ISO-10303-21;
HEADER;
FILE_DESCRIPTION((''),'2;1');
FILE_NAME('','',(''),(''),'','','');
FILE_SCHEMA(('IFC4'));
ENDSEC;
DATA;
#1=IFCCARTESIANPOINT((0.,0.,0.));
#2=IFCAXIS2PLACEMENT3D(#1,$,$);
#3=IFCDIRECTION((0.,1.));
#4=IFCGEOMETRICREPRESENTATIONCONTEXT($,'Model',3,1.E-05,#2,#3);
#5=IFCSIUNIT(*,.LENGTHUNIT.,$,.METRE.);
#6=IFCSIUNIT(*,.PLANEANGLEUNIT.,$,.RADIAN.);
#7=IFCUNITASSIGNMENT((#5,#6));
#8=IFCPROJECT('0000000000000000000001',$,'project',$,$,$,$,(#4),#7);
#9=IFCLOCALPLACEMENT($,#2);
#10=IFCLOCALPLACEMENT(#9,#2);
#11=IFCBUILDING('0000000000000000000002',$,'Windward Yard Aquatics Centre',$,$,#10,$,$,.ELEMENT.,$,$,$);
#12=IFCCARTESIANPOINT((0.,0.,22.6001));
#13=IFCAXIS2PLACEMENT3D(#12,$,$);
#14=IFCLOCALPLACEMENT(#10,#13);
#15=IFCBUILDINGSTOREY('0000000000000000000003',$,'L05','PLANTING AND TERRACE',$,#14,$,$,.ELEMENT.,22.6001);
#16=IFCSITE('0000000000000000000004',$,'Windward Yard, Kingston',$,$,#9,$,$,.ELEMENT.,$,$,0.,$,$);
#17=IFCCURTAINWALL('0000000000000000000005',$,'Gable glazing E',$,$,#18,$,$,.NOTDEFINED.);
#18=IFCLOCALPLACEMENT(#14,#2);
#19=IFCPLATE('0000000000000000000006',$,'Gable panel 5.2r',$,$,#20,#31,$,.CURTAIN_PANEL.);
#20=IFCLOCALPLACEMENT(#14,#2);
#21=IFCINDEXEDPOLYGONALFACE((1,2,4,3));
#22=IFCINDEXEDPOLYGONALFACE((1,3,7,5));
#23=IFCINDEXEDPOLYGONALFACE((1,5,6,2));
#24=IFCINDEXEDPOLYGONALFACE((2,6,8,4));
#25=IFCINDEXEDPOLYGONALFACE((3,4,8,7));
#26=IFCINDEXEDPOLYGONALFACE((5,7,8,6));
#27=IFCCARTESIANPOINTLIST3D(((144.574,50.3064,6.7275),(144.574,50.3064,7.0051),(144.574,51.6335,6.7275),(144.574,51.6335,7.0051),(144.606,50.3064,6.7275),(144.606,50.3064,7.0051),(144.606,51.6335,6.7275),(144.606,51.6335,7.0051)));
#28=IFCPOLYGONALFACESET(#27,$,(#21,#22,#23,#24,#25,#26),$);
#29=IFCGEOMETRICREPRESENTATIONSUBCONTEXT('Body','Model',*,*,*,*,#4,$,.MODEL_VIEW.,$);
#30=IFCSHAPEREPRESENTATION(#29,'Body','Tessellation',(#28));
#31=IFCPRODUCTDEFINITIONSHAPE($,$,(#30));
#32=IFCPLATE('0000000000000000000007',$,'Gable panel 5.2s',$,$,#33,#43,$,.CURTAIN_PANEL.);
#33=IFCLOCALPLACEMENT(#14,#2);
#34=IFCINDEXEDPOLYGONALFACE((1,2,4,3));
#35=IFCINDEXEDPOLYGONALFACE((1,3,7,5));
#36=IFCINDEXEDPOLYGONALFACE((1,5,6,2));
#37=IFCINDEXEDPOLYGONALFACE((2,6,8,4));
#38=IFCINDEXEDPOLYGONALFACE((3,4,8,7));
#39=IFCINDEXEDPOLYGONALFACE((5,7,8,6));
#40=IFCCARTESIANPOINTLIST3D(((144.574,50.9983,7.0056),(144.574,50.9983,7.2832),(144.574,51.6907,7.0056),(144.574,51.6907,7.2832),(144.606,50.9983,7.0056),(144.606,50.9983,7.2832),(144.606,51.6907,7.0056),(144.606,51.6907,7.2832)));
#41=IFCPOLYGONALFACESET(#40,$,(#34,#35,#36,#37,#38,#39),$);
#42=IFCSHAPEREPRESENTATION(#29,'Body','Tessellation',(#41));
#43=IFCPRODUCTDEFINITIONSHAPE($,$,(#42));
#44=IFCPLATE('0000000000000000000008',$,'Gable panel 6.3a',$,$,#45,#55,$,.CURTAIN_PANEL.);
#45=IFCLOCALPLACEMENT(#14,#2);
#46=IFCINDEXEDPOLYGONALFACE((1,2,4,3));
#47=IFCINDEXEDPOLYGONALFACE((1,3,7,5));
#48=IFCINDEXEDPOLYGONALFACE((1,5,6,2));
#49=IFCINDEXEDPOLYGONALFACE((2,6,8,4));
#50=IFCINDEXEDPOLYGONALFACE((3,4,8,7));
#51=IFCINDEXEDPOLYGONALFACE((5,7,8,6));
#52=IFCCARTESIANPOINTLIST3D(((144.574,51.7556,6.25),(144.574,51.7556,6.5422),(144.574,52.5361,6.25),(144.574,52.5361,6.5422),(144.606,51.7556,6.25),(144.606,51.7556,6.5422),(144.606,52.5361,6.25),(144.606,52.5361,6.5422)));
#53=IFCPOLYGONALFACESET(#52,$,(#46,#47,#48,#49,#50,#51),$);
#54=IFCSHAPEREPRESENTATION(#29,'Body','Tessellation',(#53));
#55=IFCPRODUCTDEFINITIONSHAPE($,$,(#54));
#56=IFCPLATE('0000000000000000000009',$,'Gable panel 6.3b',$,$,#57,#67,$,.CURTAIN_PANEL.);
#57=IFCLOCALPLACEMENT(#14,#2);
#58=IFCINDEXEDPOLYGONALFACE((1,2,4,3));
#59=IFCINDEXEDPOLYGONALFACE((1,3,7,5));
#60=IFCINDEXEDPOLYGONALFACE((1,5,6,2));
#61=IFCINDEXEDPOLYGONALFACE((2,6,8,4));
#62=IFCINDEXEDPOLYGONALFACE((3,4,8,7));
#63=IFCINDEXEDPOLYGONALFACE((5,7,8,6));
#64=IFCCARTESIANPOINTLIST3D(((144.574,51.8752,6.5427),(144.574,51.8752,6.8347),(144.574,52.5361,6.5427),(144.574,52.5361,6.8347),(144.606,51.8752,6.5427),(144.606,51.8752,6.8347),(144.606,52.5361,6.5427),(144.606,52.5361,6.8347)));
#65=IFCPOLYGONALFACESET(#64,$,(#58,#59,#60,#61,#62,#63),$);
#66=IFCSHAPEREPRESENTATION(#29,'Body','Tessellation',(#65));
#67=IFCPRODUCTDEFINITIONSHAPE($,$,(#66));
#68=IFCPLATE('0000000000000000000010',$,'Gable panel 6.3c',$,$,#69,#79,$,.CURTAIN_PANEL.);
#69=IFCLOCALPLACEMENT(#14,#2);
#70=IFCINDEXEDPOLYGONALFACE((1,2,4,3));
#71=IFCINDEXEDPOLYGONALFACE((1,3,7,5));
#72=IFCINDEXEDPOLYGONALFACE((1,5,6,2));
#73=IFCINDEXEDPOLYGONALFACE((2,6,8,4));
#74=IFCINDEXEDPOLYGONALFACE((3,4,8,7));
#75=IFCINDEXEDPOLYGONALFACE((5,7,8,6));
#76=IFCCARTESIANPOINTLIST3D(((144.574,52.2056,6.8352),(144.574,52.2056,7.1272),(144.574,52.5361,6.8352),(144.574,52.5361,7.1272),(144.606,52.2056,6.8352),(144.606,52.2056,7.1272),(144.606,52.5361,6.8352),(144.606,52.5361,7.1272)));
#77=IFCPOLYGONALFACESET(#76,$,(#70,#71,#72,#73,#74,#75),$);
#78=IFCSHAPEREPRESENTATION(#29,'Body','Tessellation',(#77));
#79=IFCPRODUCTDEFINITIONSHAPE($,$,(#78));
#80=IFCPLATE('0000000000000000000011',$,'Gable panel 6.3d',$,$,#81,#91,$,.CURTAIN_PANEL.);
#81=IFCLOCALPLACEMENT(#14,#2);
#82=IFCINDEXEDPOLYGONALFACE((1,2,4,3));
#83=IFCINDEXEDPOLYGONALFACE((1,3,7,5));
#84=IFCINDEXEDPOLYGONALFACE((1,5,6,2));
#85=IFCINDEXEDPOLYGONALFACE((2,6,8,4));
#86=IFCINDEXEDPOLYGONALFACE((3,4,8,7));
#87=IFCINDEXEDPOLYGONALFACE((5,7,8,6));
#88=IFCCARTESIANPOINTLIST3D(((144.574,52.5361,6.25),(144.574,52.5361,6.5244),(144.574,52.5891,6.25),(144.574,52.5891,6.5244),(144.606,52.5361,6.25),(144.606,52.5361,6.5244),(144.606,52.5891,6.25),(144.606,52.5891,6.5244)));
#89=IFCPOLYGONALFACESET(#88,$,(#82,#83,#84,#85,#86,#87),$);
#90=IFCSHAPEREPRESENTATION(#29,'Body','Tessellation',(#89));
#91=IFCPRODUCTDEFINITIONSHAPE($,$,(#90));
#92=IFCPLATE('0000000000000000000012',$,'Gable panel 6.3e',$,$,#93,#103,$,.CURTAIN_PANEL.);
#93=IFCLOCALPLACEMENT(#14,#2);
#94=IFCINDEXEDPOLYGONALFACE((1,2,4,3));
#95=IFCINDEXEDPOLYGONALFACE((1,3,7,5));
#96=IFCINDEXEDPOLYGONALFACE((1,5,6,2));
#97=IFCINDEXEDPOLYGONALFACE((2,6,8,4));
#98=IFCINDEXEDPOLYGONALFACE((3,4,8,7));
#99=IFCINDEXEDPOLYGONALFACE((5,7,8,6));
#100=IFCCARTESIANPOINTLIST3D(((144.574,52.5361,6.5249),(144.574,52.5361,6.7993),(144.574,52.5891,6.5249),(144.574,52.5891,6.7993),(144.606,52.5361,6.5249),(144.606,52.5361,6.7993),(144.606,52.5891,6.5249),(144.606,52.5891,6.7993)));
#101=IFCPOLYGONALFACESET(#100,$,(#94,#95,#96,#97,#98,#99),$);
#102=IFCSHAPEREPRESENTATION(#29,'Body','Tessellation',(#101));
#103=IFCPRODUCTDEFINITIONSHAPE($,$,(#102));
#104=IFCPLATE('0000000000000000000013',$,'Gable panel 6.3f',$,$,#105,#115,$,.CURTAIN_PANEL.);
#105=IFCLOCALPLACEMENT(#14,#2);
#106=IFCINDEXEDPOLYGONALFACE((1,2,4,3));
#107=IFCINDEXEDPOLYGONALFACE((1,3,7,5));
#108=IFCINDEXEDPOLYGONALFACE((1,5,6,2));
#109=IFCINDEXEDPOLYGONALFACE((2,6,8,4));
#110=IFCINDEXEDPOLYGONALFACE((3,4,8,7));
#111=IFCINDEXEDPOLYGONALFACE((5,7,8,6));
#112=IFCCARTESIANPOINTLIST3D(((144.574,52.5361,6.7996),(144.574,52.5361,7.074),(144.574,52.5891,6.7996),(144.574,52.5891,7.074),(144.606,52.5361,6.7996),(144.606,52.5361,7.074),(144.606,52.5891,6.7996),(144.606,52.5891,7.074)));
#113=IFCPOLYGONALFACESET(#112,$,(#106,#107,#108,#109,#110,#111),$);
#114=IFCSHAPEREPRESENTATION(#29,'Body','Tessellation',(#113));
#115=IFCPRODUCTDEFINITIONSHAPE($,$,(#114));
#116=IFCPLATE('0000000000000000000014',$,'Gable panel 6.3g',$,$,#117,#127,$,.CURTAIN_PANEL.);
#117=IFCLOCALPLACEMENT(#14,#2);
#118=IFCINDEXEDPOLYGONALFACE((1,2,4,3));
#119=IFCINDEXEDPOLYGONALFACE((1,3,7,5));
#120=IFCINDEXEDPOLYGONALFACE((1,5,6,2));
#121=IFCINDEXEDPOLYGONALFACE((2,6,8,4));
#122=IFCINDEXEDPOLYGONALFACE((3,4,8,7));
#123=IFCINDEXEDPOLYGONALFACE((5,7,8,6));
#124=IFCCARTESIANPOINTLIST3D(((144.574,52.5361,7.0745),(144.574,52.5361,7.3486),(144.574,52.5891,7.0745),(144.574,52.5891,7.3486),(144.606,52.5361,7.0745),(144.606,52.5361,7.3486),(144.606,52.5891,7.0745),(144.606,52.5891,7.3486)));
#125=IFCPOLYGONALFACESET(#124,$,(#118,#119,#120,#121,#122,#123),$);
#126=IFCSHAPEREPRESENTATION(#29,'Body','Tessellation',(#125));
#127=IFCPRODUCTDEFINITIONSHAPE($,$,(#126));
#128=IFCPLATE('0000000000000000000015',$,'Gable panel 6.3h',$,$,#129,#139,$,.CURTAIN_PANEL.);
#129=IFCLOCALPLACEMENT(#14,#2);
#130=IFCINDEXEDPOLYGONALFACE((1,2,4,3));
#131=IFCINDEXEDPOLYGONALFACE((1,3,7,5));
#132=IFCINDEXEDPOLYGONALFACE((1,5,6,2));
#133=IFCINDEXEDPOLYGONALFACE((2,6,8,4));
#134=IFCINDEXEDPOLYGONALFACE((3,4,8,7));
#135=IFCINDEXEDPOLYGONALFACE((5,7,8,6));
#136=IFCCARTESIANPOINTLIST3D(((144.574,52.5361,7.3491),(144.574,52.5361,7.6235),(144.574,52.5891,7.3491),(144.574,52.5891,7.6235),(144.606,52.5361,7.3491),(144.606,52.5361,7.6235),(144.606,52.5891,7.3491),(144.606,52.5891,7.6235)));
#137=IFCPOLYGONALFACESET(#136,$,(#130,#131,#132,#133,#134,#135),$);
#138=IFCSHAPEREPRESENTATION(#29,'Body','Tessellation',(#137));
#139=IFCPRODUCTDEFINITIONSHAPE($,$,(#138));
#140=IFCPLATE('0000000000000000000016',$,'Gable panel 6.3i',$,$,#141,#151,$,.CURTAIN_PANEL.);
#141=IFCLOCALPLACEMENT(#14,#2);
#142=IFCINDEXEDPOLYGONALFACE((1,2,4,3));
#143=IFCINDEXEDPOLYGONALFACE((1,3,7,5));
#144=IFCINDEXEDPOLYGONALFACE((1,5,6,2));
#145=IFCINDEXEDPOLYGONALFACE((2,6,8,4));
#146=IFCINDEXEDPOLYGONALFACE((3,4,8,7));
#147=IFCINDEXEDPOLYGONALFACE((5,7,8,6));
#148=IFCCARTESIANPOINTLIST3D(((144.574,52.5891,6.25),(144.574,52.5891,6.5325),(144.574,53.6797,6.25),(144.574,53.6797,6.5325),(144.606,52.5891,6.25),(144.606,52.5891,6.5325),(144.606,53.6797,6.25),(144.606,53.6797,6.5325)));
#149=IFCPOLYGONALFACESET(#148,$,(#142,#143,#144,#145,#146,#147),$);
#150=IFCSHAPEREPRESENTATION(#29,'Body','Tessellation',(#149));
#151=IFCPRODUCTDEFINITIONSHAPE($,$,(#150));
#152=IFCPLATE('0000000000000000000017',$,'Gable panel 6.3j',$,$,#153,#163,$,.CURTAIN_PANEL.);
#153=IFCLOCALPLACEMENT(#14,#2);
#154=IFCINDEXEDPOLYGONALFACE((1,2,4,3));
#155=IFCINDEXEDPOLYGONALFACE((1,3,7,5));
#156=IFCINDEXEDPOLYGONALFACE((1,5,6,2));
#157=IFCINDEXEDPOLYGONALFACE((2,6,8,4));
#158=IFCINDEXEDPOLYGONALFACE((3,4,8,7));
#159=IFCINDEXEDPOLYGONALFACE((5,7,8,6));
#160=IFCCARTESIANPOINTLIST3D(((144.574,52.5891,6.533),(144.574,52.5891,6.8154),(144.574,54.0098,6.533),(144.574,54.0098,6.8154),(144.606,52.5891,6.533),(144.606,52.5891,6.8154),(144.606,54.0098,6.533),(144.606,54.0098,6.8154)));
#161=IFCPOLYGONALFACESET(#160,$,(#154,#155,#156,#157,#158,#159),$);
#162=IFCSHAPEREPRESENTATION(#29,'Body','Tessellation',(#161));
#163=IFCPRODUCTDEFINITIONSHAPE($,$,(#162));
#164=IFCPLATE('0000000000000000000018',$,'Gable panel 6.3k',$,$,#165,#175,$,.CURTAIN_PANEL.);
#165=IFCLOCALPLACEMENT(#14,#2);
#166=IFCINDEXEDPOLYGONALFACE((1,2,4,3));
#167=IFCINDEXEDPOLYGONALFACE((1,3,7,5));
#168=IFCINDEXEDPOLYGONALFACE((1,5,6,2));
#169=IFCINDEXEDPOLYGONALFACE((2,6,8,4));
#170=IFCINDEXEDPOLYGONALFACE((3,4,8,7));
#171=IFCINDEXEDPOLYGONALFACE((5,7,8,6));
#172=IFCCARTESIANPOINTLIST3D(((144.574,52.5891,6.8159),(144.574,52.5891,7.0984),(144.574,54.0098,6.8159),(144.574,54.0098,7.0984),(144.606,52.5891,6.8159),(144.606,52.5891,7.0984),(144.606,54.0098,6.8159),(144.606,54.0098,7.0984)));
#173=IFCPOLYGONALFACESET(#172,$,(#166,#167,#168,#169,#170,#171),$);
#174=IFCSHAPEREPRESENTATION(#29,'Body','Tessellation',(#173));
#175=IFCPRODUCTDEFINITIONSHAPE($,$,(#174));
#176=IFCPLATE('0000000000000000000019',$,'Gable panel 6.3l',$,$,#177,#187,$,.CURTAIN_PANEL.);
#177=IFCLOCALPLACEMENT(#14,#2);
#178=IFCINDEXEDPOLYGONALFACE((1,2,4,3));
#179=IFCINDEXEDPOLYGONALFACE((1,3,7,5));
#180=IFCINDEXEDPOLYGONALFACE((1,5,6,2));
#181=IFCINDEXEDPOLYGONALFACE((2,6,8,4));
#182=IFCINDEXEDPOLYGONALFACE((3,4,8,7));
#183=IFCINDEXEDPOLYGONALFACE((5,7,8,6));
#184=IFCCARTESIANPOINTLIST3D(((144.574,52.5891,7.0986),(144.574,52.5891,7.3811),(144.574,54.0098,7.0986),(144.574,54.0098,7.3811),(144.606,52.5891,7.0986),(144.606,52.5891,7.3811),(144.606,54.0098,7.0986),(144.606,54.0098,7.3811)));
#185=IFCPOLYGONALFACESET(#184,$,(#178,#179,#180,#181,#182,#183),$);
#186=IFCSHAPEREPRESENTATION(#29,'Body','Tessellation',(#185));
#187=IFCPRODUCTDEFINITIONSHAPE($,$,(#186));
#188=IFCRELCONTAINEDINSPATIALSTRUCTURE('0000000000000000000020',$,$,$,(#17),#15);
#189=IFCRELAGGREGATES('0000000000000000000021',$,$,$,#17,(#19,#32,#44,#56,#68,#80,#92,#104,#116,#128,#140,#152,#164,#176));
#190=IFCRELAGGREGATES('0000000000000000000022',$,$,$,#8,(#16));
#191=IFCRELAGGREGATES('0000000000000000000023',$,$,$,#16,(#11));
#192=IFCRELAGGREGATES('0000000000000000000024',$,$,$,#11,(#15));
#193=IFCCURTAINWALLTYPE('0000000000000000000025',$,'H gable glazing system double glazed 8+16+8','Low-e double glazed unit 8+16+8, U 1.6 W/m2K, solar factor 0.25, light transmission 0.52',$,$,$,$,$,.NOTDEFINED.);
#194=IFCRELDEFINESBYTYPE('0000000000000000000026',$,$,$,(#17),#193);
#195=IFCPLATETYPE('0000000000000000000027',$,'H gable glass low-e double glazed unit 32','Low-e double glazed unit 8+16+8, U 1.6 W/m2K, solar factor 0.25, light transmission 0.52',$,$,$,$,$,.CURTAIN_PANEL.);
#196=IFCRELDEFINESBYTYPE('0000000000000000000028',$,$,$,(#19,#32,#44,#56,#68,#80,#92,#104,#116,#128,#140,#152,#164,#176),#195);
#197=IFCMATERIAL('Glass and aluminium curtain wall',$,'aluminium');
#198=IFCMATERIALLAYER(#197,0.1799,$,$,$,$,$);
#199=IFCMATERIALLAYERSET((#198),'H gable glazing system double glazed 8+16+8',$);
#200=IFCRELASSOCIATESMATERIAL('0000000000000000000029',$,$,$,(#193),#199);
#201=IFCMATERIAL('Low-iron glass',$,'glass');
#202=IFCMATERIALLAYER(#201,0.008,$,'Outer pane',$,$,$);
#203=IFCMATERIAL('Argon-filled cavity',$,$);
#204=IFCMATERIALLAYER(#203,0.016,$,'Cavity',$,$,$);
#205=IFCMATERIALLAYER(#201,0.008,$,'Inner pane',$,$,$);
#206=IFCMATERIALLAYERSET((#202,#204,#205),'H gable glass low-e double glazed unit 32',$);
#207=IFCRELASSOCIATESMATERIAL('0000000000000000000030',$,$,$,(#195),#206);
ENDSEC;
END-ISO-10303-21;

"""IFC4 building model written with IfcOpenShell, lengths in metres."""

from ifc_helpers import new_model, si_unit, direction, frame, origin, place, context, subcontext, project, spatial, polyline, outline, extrude, material, layer, layer_set, type_object, element, aggregate, save


model = new_model("IFC4")

# Units and contexts
model_context = context("Model", 3, precision=1e-05, world=origin(), true_north=direction((0.0, 1.0)))
body_context = subcontext(model_context, "Body", "Model", "MODEL_VIEW")
ifc_project = project(units=[si_unit("LENGTHUNIT", "METRE"), si_unit("PLANEANGLEUNIT", "RADIAN")], contexts=[model_context])

# Site, building, storey
site_placement = place(None, origin())
site = spatial("IfcSite", under=ifc_project, at=site_placement, Name="Windward Yard, Kingston", CompositionType="ELEMENT", RefElevation=0.0)
building_placement = place(site_placement, origin())
building = spatial("IfcBuilding", under=site, at=building_placement, Name="Windward Yard Aquatics Centre", CompositionType="ELEMENT")
storey_placement = place(building_placement, frame((0.0, 0.0, 22.6001)))
storey = spatial("IfcBuildingStorey", under=building, at=storey_placement, Name="L05", Description="PLANTING AND TERRACE", CompositionType="ELEMENT", Elevation=22.6001)

# Curtain wall, plates
ifc_material_1 = material(Name="Glass and aluminium curtain wall", Category="aluminium")
ifc_layer_1 = layer(ifc_material_1, 0.1799)
ifc_layer_set_1 = layer_set([ifc_layer_1], Name="H gable glazing system double glazed 8+16+8")
curtain_wall_type = type_object("IfcCurtainWallType", Name="H gable glazing system double glazed 8+16+8", Description="Low-e double glazed unit 8+16+8, U 1.6 W/m2K, solar factor 0.25, light transmission 0.52", PredefinedType="NOTDEFINED", material=ifc_layer_set_1)
curtain_wall_placement = place(storey_placement, origin())
curtain_wall = element("IfcCurtainWall", 1, at=curtain_wall_placement, inside=storey, type_object=curtain_wall_type, Name="Gable glazing E", PredefinedType="NOTDEFINED")
ifc_material_2 = material(Name="Low-iron glass", Category="glass")
ifc_layer_2 = layer(ifc_material_2, 0.008, Name="Outer pane")
ifc_material_3 = material(Name="Argon-filled cavity")
ifc_layer_3 = layer(ifc_material_3, 0.016, Name="Cavity")
ifc_layer_4 = layer(ifc_material_2, 0.008, Name="Inner pane")
ifc_layer_set_2 = layer_set([ifc_layer_2, ifc_layer_3, ifc_layer_4], Name="H gable glass low-e double glazed unit 32")
plate_type = type_object("IfcPlateType", Name="H gable glass low-e double glazed unit 32", Description="Low-e double glazed unit 8+16+8, U 1.6 W/m2K, solar factor 0.25, light transmission 0.52", PredefinedType="CURTAIN_PANEL", material=ifc_layer_set_2)
plate_1_placement = place(storey_placement, frame((144.606, 50.3064, 6.7275), z_axis=(1.0, 0.0, 0.0), x_axis=(0.0, 1.0, 0.0)))
plate_1 = element("IfcPlate", 2, at=plate_1_placement, type_object=plate_type, Name="Gable panel 5.2r", PredefinedType="CURTAIN_PANEL", context=body_context, shape_type="SweptSolid", body=[
    extrude(outline(polyline([(0.0, 0.0), (1.3271, 0.0), (1.3271, 0.2776), (0.0, 0.2776), (0.0, 0.0)])), origin(), (0.0, 0.0, -1.0), 0.032),
])
plate_2_placement = place(storey_placement, frame((144.606, 50.9983, 7.0056), z_axis=(1.0, 0.0, 0.0), x_axis=(0.0, 1.0, 0.0)))
plate_2 = element("IfcPlate", 3, at=plate_2_placement, type_object=plate_type, Name="Gable panel 5.2s", PredefinedType="CURTAIN_PANEL", context=body_context, shape_type="SweptSolid", body=[
    extrude(outline(polyline([(0.0, 0.0), (0.6924, 0.0), (0.6924, 0.2776), (0.0, 0.2776), (0.0, 0.0)])), origin(), (0.0, 0.0, -1.0), 0.032),
])
plate_3_placement = place(storey_placement, frame((144.606, 51.7556, 6.25), z_axis=(1.0, 0.0, 0.0), x_axis=(0.0, 1.0, 0.0)))
plate_3 = element("IfcPlate", 4, at=plate_3_placement, type_object=plate_type, Name="Gable panel 6.3a", PredefinedType="CURTAIN_PANEL", context=body_context, shape_type="SweptSolid", body=[
    extrude(outline(polyline([(0.0, 0.0), (0.7805, 0.0), (0.7805, 0.2922), (0.0, 0.2922), (0.0, 0.0)])), origin(), (0.0, 0.0, -1.0), 0.032),
])
plate_4_placement = place(storey_placement, frame((144.606, 51.8752, 6.5427), z_axis=(1.0, 0.0, 0.0), x_axis=(0.0, 1.0, 0.0)))
plate_4 = element("IfcPlate", 5, at=plate_4_placement, type_object=plate_type, Name="Gable panel 6.3b", PredefinedType="CURTAIN_PANEL", context=body_context, shape_type="SweptSolid", body=[
    extrude(outline(polyline([(0.0, 0.0), (0.6609, 0.0), (0.6609, 0.292), (0.0, 0.292), (0.0, 0.0)])), origin(), (0.0, 0.0, -1.0), 0.032),
])
plate_5_placement = place(storey_placement, frame((144.606, 52.2056, 6.8352), z_axis=(1.0, 0.0, 0.0), x_axis=(0.0, 1.0, 0.0)))
plate_5 = element("IfcPlate", 6, at=plate_5_placement, type_object=plate_type, Name="Gable panel 6.3c", PredefinedType="CURTAIN_PANEL", context=body_context, shape_type="SweptSolid", body=[
    extrude(outline(polyline([(0.0, 0.0), (0.3306, 0.0), (0.3306, 0.292), (0.0, 0.292), (0.0, 0.0)])), origin(), (0.0, 0.0, -1.0), 0.032),
])
plate_6_placement = place(storey_placement, frame((144.606, 52.5361, 6.25), z_axis=(1.0, 0.0, 0.0), x_axis=(0.0, 1.0, 0.0)))
plate_6 = element("IfcPlate", 7, at=plate_6_placement, type_object=plate_type, Name="Gable panel 6.3d", PredefinedType="CURTAIN_PANEL", context=body_context, shape_type="SweptSolid", body=[
    extrude(outline(polyline([(0.0, 0.0), (0.053, 0.0), (0.053, 0.2744), (0.0, 0.2744), (0.0, 0.0)])), origin(), (0.0, 0.0, -1.0), 0.032),
])
plate_7_placement = place(storey_placement, frame((144.606, 52.5361, 6.5249), z_axis=(1.0, 0.0, 0.0), x_axis=(0.0, 1.0, 0.0)))
plate_7 = element("IfcPlate", 8, at=plate_7_placement, type_object=plate_type, Name="Gable panel 6.3e", PredefinedType="CURTAIN_PANEL", context=body_context, shape_type="SweptSolid", body=[
    extrude(outline(polyline([(0.0, 0.0), (0.053, 0.0), (0.053, 0.2744), (0.0, 0.2744), (0.0, 0.0)])), origin(), (0.0, 0.0, -1.0), 0.032),
])
plate_8_placement = place(storey_placement, frame((144.606, 52.5361, 6.7996), z_axis=(1.0, 0.0, 0.0), x_axis=(0.0, 1.0, 0.0)))
plate_8 = element("IfcPlate", 9, at=plate_8_placement, type_object=plate_type, Name="Gable panel 6.3f", PredefinedType="CURTAIN_PANEL", context=body_context, shape_type="SweptSolid", body=[
    extrude(outline(polyline([(0.0, 0.0), (0.053, 0.0), (0.053, 0.2744), (0.0, 0.2744), (0.0, 0.0)])), origin(), (0.0, 0.0, -1.0), 0.032),
])
plate_9_placement = place(storey_placement, frame((144.606, 52.5361, 7.0745), z_axis=(1.0, 0.0, 0.0), x_axis=(0.0, 1.0, 0.0)))
plate_9 = element("IfcPlate", 10, at=plate_9_placement, type_object=plate_type, Name="Gable panel 6.3g", PredefinedType="CURTAIN_PANEL", context=body_context, shape_type="SweptSolid", body=[
    extrude(outline(polyline([(0.0, 0.0), (0.053, 0.0), (0.053, 0.2742), (0.0, 0.2742), (0.0, 0.0)])), origin(), (0.0, 0.0, -1.0), 0.032),
])
plate_10_placement = place(storey_placement, frame((144.606, 52.5361, 7.3491), z_axis=(1.0, 0.0, 0.0), x_axis=(0.0, 1.0, 0.0)))
plate_10 = element("IfcPlate", 11, at=plate_10_placement, type_object=plate_type, Name="Gable panel 6.3h", PredefinedType="CURTAIN_PANEL", context=body_context, shape_type="SweptSolid", body=[
    extrude(outline(polyline([(0.0, 0.0), (0.053, 0.0), (0.053, 0.2744), (0.0, 0.2744), (0.0, 0.0)])), origin(), (0.0, 0.0, -1.0), 0.032),
])
plate_11_placement = place(storey_placement, frame((144.606, 52.5891, 6.25), z_axis=(1.0, 0.0, 0.0), x_axis=(0.0, 1.0, 0.0)))
plate_11 = element("IfcPlate", 12, at=plate_11_placement, type_object=plate_type, Name="Gable panel 6.3i", PredefinedType="CURTAIN_PANEL", context=body_context, shape_type="SweptSolid", body=[
    extrude(outline(polyline([(0.0, 0.0), (1.0906, 0.0), (1.0906, 0.2825), (0.0, 0.2825), (0.0, 0.0)])), origin(), (0.0, 0.0, -1.0), 0.032),
])
plate_12_placement = place(storey_placement, frame((144.606, 52.5891, 6.533), z_axis=(1.0, 0.0, 0.0), x_axis=(0.0, 1.0, 0.0)))
plate_12 = element("IfcPlate", 13, at=plate_12_placement, type_object=plate_type, Name="Gable panel 6.3j", PredefinedType="CURTAIN_PANEL", context=body_context, shape_type="SweptSolid", body=[
    extrude(outline(polyline([(0.0, 0.0), (1.4207, 0.0), (1.4207, 0.2825), (0.0, 0.2825), (0.0, 0.0)])), origin(), (0.0, 0.0, -1.0), 0.032),
])
plate_13_placement = place(storey_placement, frame((144.606, 52.5891, 6.8159), z_axis=(1.0, 0.0, 0.0), x_axis=(0.0, 1.0, 0.0)))
plate_13 = element("IfcPlate", 14, at=plate_13_placement, type_object=plate_type, Name="Gable panel 6.3k", PredefinedType="CURTAIN_PANEL", context=body_context, shape_type="SweptSolid", body=[
    extrude(outline(polyline([(0.0, 0.0), (1.4207, 0.0), (1.4207, 0.2825), (0.0, 0.2825), (0.0, 0.0)])), origin(), (0.0, 0.0, -1.0), 0.032),
])
plate_14_placement = place(storey_placement, frame((144.606, 52.5891, 7.0986), z_axis=(1.0, 0.0, 0.0), x_axis=(0.0, 1.0, 0.0)))
plate_14 = element("IfcPlate", 15, at=plate_14_placement, type_object=plate_type, Name="Gable panel 6.3l", PredefinedType="CURTAIN_PANEL", context=body_context, shape_type="SweptSolid", body=[
    extrude(outline(polyline([(0.0, 0.0), (1.4207, 0.0), (1.4207, 0.2825), (0.0, 0.2825), (0.0, 0.0)])), origin(), (0.0, 0.0, -1.0), 0.032),
])
aggregate(curtain_wall, [plate_1, plate_2, plate_3, plate_4, plate_5, plate_6, plate_7, plate_8, plate_9, plate_10, plate_11, plate_12, plate_13, plate_14])

save(model, "model.ifc")
